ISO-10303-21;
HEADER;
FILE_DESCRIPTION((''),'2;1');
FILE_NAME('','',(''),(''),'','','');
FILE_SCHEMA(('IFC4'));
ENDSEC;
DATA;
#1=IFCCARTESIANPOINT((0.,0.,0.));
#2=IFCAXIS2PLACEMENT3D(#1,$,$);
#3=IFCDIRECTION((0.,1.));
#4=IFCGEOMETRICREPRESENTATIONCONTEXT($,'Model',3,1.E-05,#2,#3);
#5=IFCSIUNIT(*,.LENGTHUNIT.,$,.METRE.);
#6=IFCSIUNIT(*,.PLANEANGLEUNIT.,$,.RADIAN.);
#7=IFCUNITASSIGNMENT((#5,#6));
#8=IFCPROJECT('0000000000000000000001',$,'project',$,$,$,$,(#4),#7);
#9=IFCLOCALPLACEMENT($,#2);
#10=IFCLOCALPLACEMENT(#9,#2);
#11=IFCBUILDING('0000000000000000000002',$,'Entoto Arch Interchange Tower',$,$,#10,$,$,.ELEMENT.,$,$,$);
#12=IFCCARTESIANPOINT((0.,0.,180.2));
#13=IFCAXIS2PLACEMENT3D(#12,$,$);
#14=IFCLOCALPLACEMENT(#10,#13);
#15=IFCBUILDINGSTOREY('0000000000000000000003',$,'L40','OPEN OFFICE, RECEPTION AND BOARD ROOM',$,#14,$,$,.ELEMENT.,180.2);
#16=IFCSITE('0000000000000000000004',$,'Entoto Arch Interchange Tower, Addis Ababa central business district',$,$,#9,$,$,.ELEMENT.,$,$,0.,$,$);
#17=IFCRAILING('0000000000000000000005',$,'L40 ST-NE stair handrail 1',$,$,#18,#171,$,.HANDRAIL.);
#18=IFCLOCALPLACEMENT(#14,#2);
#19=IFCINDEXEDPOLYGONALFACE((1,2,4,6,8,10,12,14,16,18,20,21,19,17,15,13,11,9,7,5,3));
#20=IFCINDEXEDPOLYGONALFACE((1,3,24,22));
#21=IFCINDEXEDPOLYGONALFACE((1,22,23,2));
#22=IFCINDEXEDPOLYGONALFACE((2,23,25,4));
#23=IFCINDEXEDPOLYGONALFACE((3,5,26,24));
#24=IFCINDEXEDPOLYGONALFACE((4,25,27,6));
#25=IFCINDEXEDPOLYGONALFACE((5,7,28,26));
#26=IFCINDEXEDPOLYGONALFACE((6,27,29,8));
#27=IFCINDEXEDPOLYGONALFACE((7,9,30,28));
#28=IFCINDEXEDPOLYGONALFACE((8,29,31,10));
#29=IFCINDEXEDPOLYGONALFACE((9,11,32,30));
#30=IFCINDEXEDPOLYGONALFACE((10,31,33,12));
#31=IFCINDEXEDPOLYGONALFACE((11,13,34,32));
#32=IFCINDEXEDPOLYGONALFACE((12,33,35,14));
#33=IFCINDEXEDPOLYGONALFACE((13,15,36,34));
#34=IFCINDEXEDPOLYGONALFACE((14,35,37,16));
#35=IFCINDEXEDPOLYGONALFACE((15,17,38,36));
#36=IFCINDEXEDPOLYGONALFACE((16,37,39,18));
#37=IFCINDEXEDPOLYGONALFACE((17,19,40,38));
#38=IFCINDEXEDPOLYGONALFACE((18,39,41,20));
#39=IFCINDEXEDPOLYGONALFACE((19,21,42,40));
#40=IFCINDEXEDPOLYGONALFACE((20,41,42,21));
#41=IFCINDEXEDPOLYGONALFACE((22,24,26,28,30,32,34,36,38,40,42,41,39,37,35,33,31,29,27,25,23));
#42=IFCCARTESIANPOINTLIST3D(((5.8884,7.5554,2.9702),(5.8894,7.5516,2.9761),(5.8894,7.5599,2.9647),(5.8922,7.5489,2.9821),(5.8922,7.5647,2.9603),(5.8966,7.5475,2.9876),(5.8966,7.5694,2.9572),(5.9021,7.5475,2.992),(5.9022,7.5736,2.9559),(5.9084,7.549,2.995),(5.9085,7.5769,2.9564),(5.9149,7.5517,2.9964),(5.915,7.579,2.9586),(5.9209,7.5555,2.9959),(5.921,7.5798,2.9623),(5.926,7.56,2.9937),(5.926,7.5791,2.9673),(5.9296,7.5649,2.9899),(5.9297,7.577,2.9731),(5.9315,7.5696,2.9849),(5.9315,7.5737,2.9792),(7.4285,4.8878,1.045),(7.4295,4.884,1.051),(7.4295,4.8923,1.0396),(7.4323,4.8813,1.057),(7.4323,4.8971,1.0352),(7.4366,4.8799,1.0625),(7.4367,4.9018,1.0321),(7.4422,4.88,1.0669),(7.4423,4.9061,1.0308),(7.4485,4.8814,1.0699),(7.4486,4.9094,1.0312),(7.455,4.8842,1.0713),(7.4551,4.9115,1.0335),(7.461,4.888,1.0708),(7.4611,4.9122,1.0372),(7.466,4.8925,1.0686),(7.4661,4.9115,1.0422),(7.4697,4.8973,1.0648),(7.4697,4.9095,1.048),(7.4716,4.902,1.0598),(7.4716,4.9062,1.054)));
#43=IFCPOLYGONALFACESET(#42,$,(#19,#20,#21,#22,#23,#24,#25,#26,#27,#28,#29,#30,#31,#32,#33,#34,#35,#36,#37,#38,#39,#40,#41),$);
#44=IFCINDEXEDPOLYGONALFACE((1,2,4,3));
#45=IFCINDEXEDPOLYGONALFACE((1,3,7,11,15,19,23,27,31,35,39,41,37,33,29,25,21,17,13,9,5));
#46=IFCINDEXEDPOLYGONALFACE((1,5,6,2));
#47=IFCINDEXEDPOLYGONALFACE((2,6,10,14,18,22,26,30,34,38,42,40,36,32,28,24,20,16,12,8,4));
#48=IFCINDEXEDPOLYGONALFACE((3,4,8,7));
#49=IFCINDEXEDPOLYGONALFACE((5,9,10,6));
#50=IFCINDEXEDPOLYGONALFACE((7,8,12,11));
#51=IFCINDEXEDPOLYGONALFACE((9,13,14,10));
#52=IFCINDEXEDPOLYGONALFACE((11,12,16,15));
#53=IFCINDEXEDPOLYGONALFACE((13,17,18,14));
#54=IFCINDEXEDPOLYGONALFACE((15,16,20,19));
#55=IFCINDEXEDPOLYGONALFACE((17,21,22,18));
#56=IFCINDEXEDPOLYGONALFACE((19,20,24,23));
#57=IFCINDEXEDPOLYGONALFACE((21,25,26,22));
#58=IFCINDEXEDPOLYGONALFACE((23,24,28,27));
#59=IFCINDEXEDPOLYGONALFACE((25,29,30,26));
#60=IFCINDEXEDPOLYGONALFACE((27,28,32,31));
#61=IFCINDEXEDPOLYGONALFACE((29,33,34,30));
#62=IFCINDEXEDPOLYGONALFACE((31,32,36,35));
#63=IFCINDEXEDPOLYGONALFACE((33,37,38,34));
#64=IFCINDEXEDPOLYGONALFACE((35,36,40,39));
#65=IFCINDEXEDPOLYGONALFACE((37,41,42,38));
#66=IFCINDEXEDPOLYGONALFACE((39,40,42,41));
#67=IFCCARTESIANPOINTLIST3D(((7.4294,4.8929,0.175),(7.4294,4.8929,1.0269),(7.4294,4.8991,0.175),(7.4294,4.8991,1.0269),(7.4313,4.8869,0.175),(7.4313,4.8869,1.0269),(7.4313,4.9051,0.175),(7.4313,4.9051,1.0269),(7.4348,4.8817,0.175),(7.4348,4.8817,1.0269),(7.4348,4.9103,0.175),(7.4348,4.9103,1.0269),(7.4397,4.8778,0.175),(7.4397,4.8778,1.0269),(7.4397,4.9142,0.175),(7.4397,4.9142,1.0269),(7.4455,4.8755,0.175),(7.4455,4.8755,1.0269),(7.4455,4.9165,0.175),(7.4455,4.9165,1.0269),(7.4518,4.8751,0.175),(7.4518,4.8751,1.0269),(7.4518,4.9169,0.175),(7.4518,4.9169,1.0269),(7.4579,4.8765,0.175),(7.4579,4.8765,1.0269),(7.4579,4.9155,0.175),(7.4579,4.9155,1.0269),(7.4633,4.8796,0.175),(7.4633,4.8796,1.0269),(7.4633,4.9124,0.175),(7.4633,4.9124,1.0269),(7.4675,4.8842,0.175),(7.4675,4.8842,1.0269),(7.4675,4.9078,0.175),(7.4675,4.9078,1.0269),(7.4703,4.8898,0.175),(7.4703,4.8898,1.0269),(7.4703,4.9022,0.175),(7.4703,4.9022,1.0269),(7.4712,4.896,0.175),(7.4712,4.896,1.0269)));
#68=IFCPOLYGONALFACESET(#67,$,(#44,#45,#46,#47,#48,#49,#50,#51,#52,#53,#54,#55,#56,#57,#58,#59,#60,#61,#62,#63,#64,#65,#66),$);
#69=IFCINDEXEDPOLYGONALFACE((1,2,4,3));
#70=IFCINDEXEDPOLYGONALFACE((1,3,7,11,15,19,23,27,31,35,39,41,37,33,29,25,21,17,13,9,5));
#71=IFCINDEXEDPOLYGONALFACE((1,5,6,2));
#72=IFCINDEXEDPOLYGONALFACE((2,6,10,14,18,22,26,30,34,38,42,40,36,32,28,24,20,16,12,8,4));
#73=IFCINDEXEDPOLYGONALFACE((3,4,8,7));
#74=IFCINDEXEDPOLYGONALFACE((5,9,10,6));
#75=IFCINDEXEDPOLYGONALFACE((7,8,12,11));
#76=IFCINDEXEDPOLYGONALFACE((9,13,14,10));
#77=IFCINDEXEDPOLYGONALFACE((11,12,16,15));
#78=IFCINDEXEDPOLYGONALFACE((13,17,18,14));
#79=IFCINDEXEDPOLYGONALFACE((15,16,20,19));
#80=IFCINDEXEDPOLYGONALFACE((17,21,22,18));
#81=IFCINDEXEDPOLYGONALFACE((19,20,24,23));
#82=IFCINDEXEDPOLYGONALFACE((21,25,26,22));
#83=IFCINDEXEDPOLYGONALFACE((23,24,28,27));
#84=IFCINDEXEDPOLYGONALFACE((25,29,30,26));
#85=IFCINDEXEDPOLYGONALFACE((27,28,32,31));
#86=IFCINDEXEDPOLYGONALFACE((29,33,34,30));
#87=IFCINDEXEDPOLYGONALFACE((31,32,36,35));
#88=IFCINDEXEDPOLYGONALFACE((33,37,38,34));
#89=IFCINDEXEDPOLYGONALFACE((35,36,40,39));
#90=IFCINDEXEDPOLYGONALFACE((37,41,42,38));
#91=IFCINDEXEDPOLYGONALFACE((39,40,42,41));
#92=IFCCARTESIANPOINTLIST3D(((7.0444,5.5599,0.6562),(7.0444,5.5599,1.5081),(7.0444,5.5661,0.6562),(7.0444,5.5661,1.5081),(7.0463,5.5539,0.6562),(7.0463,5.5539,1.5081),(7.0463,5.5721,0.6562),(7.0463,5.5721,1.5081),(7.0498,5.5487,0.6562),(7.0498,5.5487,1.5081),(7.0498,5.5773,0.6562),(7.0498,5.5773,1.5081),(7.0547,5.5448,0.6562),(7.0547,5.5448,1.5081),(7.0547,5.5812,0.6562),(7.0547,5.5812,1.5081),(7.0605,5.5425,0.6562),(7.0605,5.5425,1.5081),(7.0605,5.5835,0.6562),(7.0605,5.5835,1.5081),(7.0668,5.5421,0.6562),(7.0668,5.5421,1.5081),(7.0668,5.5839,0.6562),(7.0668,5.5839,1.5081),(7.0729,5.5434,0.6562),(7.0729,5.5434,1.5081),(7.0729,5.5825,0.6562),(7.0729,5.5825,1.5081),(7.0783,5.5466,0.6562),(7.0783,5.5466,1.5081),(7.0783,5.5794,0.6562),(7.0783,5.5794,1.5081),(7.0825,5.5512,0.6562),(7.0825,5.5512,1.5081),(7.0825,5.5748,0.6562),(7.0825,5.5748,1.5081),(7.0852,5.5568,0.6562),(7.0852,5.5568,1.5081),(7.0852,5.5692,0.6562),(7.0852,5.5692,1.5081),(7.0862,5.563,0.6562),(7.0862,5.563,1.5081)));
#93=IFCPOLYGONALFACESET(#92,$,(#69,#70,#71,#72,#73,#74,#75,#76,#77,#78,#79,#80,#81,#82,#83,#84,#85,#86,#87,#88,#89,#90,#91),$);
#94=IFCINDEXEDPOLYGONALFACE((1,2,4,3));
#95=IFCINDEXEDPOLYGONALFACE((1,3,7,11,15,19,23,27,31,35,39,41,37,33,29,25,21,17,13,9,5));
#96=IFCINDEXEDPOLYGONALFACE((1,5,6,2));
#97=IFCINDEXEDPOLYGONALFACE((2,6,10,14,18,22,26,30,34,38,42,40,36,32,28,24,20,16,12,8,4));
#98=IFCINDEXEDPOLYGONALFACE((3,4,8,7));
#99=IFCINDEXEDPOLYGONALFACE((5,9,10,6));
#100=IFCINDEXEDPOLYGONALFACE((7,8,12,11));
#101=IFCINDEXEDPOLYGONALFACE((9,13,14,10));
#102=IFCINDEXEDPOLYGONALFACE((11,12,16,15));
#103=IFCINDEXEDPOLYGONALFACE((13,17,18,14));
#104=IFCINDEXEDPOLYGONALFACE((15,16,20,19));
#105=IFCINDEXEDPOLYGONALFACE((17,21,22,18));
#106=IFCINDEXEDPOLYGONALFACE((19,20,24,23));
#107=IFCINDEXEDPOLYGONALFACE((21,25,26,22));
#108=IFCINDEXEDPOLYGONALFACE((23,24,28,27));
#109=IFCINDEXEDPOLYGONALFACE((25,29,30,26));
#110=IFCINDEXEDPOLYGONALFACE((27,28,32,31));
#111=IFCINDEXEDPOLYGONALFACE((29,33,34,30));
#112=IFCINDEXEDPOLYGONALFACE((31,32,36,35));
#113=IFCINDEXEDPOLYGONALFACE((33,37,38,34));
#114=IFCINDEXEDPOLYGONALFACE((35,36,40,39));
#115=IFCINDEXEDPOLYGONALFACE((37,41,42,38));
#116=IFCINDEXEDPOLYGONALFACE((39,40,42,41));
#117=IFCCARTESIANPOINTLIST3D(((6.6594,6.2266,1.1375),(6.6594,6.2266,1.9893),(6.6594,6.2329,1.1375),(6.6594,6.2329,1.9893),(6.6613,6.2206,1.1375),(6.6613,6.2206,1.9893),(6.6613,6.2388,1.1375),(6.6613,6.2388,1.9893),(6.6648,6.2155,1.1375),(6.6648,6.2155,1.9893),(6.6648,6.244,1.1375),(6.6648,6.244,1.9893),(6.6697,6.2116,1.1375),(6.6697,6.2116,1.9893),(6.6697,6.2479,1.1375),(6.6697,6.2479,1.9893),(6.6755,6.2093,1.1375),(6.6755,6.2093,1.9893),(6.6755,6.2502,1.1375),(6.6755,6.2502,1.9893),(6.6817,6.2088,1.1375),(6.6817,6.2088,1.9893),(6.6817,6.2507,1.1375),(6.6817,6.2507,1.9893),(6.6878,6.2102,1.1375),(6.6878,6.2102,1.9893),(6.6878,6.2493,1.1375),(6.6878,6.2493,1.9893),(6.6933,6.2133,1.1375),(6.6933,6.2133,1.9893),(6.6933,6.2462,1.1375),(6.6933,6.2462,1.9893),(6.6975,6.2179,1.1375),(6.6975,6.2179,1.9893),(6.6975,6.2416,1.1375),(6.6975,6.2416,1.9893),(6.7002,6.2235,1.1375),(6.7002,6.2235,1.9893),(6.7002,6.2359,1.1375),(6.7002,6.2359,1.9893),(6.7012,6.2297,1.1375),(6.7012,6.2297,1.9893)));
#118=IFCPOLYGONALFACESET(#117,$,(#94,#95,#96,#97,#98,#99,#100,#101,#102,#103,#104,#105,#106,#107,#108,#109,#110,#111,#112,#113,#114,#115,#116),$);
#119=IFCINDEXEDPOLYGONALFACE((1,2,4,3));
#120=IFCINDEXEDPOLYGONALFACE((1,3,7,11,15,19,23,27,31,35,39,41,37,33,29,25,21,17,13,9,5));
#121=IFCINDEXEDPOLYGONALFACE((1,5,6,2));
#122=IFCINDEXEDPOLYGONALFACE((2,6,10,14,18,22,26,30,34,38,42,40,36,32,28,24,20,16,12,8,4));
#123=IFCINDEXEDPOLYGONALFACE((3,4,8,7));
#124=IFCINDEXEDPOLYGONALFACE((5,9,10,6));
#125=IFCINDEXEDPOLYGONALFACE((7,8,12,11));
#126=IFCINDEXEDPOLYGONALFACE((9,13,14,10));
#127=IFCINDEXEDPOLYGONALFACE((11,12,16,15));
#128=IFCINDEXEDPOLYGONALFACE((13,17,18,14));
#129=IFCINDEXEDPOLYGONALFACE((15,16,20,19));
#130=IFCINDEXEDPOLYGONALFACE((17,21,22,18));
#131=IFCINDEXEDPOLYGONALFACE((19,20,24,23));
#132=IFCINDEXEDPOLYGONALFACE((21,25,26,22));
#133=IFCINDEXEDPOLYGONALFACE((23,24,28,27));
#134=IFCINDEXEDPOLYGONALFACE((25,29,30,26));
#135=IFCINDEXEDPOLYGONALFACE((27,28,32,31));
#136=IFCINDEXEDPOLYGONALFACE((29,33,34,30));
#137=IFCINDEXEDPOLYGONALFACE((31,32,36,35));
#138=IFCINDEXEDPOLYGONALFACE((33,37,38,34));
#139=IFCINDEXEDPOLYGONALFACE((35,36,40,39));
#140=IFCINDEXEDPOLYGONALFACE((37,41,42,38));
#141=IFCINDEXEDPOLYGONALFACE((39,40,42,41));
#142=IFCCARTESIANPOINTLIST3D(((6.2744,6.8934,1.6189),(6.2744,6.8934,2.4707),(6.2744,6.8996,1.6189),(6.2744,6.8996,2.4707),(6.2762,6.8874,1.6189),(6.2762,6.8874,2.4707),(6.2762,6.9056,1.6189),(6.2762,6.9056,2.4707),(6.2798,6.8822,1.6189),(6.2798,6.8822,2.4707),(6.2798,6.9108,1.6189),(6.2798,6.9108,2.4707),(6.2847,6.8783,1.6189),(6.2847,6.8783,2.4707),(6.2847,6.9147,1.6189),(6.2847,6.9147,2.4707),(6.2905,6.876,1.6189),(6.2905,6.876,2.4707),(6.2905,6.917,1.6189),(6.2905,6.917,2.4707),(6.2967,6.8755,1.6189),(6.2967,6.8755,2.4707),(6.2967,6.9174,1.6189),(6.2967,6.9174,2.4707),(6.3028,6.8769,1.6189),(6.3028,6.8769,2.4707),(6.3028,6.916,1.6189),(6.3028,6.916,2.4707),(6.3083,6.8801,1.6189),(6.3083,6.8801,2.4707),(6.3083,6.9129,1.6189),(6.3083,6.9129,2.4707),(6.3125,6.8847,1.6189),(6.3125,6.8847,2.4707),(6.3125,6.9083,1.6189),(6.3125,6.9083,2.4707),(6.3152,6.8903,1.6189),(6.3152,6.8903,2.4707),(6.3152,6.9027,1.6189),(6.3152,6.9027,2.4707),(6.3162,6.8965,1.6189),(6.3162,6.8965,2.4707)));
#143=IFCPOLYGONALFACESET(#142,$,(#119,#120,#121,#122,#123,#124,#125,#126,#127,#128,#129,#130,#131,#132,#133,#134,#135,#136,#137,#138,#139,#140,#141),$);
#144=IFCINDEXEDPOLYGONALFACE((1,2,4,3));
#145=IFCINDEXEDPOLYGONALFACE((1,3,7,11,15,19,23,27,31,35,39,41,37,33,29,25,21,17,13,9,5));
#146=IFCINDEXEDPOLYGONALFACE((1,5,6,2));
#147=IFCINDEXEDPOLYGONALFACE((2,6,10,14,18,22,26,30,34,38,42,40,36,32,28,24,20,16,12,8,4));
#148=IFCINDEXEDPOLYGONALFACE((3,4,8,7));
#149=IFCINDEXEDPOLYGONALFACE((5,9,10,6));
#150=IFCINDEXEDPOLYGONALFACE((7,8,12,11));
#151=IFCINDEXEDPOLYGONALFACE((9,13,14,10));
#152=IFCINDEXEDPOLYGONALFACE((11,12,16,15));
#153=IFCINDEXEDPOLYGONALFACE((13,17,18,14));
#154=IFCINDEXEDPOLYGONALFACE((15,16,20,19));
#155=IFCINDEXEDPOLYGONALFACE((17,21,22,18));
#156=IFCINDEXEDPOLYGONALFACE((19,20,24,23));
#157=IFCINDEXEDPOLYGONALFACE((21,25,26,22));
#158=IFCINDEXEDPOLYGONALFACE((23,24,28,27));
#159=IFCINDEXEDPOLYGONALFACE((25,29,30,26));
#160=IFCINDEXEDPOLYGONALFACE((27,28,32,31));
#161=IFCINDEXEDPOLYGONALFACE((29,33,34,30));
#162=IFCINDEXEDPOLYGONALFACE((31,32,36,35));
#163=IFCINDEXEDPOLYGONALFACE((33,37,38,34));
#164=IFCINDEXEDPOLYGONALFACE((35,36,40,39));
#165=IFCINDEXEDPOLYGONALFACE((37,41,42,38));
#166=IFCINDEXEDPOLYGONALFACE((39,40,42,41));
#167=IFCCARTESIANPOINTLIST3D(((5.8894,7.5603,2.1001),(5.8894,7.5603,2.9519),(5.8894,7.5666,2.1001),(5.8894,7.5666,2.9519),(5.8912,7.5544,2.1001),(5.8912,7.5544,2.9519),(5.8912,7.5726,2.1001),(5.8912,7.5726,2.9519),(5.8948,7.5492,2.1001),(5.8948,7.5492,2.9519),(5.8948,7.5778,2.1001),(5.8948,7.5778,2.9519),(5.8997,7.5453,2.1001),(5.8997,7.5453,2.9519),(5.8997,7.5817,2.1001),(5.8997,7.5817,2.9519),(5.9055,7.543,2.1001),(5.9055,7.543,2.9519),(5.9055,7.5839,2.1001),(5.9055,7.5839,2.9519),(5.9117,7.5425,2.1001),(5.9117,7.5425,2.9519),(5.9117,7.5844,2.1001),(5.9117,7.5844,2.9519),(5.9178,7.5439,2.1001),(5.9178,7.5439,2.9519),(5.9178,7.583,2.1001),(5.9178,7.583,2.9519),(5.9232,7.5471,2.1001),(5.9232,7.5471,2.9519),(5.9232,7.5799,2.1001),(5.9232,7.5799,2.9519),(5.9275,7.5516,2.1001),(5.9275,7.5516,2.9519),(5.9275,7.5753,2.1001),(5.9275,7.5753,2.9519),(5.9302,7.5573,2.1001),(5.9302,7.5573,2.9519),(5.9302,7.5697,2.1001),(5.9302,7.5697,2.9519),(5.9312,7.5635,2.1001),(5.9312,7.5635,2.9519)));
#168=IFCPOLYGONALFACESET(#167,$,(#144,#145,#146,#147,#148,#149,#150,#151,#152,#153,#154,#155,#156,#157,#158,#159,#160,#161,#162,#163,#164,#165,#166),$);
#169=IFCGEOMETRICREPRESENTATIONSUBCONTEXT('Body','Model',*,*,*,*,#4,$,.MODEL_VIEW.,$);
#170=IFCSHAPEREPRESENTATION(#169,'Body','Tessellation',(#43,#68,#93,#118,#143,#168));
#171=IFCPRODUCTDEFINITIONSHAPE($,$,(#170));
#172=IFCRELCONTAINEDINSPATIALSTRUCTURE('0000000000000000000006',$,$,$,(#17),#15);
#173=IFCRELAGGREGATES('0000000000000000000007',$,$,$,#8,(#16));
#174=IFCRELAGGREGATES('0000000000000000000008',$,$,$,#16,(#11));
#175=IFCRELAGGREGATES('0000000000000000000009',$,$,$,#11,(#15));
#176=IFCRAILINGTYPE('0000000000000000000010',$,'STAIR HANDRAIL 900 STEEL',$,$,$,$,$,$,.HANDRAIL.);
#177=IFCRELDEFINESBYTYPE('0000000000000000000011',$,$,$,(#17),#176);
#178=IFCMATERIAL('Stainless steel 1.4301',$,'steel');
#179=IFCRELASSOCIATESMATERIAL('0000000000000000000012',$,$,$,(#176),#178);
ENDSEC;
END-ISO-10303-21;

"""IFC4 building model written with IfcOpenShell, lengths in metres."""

from ifc_helpers import new_model, si_unit, direction, frame, origin, origin_2d, place, context, subcontext, project, spatial, circle, extrude, material, type_object, element, save


model = new_model("IFC4")

# Units and contexts
model_context = context("Model", 3, precision=1e-05, world=origin(), true_north=direction((0.0, 1.0)))
body_context = subcontext(model_context, "Body", "Model", "MODEL_VIEW")
ifc_project = project(units=[si_unit("LENGTHUNIT", "METRE"), si_unit("PLANEANGLEUNIT", "RADIAN")], contexts=[model_context])

# Site, building, storey
site_placement = place(None, origin())
site = spatial("IfcSite", under=ifc_project, at=site_placement, Name="Entoto Arch Interchange Tower, Addis Ababa central business district", CompositionType="ELEMENT", RefElevation=0.0)
building_placement = place(site_placement, origin())
building = spatial("IfcBuilding", under=site, at=building_placement, Name="Entoto Arch Interchange Tower", CompositionType="ELEMENT")
storey_placement = place(building_placement, frame((0.0, 0.0, 180.2)))
storey = spatial("IfcBuildingStorey", under=building, at=storey_placement, Name="L40", Description="OPEN OFFICE, RECEPTION AND BOARD ROOM", CompositionType="ELEMENT", Elevation=180.2)

# Railing
ifc_material_1 = material(Name="Stainless steel 1.4301", Category="steel")
railing_type_1 = type_object("IfcRailingType", Name="STAIR HANDRAIL 900 STEEL", PredefinedType="HANDRAIL", material=ifc_material_1)
railing_1_placement = place(storey_placement, frame((7.4502, 4.896, 0.175)))
element("IfcRailing", 1, at=railing_1_placement, inside=storey, type_object=railing_type_1, Name="L40 ST-NE stair handrail 1", PredefinedType="HANDRAIL", context=body_context, shape_type="SweptSolid", body=[
    extrude(circle(Radius=0.0239, at=origin_2d()), frame((0.0, 0.0, 0.876), z_axis=(-0.423994, 0.734395, 0.529993), x_axis=(-0.86603, -0.499992, 0.0)), (0.0, 0.0, 1.0), 3.6323),
    extrude(circle(Radius=0.021, at=origin_2d()), origin(), (0.0, 0.0, 1.0), 0.8518),
    extrude(circle(Radius=0.021, at=origin_2d()), frame((-0.385, 0.667, 0.4812)), (0.0, 0.0, 1.0), 0.8518),
    extrude(circle(Radius=0.021, at=origin_2d()), frame((-0.77, 1.3337, 0.9624)), (0.0, 0.0, 1.0), 0.8518),
    extrude(circle(Radius=0.021, at=origin_2d()), frame((-1.155, 2.0005, 1.4438)), (0.0, 0.0, 1.0), 0.8518),
    extrude(circle(Radius=0.021, at=origin_2d()), frame((-1.54, 2.6675, 1.925)), (0.0, 0.0, 1.0), 0.8518),
])

save(model, "model.ifc")
